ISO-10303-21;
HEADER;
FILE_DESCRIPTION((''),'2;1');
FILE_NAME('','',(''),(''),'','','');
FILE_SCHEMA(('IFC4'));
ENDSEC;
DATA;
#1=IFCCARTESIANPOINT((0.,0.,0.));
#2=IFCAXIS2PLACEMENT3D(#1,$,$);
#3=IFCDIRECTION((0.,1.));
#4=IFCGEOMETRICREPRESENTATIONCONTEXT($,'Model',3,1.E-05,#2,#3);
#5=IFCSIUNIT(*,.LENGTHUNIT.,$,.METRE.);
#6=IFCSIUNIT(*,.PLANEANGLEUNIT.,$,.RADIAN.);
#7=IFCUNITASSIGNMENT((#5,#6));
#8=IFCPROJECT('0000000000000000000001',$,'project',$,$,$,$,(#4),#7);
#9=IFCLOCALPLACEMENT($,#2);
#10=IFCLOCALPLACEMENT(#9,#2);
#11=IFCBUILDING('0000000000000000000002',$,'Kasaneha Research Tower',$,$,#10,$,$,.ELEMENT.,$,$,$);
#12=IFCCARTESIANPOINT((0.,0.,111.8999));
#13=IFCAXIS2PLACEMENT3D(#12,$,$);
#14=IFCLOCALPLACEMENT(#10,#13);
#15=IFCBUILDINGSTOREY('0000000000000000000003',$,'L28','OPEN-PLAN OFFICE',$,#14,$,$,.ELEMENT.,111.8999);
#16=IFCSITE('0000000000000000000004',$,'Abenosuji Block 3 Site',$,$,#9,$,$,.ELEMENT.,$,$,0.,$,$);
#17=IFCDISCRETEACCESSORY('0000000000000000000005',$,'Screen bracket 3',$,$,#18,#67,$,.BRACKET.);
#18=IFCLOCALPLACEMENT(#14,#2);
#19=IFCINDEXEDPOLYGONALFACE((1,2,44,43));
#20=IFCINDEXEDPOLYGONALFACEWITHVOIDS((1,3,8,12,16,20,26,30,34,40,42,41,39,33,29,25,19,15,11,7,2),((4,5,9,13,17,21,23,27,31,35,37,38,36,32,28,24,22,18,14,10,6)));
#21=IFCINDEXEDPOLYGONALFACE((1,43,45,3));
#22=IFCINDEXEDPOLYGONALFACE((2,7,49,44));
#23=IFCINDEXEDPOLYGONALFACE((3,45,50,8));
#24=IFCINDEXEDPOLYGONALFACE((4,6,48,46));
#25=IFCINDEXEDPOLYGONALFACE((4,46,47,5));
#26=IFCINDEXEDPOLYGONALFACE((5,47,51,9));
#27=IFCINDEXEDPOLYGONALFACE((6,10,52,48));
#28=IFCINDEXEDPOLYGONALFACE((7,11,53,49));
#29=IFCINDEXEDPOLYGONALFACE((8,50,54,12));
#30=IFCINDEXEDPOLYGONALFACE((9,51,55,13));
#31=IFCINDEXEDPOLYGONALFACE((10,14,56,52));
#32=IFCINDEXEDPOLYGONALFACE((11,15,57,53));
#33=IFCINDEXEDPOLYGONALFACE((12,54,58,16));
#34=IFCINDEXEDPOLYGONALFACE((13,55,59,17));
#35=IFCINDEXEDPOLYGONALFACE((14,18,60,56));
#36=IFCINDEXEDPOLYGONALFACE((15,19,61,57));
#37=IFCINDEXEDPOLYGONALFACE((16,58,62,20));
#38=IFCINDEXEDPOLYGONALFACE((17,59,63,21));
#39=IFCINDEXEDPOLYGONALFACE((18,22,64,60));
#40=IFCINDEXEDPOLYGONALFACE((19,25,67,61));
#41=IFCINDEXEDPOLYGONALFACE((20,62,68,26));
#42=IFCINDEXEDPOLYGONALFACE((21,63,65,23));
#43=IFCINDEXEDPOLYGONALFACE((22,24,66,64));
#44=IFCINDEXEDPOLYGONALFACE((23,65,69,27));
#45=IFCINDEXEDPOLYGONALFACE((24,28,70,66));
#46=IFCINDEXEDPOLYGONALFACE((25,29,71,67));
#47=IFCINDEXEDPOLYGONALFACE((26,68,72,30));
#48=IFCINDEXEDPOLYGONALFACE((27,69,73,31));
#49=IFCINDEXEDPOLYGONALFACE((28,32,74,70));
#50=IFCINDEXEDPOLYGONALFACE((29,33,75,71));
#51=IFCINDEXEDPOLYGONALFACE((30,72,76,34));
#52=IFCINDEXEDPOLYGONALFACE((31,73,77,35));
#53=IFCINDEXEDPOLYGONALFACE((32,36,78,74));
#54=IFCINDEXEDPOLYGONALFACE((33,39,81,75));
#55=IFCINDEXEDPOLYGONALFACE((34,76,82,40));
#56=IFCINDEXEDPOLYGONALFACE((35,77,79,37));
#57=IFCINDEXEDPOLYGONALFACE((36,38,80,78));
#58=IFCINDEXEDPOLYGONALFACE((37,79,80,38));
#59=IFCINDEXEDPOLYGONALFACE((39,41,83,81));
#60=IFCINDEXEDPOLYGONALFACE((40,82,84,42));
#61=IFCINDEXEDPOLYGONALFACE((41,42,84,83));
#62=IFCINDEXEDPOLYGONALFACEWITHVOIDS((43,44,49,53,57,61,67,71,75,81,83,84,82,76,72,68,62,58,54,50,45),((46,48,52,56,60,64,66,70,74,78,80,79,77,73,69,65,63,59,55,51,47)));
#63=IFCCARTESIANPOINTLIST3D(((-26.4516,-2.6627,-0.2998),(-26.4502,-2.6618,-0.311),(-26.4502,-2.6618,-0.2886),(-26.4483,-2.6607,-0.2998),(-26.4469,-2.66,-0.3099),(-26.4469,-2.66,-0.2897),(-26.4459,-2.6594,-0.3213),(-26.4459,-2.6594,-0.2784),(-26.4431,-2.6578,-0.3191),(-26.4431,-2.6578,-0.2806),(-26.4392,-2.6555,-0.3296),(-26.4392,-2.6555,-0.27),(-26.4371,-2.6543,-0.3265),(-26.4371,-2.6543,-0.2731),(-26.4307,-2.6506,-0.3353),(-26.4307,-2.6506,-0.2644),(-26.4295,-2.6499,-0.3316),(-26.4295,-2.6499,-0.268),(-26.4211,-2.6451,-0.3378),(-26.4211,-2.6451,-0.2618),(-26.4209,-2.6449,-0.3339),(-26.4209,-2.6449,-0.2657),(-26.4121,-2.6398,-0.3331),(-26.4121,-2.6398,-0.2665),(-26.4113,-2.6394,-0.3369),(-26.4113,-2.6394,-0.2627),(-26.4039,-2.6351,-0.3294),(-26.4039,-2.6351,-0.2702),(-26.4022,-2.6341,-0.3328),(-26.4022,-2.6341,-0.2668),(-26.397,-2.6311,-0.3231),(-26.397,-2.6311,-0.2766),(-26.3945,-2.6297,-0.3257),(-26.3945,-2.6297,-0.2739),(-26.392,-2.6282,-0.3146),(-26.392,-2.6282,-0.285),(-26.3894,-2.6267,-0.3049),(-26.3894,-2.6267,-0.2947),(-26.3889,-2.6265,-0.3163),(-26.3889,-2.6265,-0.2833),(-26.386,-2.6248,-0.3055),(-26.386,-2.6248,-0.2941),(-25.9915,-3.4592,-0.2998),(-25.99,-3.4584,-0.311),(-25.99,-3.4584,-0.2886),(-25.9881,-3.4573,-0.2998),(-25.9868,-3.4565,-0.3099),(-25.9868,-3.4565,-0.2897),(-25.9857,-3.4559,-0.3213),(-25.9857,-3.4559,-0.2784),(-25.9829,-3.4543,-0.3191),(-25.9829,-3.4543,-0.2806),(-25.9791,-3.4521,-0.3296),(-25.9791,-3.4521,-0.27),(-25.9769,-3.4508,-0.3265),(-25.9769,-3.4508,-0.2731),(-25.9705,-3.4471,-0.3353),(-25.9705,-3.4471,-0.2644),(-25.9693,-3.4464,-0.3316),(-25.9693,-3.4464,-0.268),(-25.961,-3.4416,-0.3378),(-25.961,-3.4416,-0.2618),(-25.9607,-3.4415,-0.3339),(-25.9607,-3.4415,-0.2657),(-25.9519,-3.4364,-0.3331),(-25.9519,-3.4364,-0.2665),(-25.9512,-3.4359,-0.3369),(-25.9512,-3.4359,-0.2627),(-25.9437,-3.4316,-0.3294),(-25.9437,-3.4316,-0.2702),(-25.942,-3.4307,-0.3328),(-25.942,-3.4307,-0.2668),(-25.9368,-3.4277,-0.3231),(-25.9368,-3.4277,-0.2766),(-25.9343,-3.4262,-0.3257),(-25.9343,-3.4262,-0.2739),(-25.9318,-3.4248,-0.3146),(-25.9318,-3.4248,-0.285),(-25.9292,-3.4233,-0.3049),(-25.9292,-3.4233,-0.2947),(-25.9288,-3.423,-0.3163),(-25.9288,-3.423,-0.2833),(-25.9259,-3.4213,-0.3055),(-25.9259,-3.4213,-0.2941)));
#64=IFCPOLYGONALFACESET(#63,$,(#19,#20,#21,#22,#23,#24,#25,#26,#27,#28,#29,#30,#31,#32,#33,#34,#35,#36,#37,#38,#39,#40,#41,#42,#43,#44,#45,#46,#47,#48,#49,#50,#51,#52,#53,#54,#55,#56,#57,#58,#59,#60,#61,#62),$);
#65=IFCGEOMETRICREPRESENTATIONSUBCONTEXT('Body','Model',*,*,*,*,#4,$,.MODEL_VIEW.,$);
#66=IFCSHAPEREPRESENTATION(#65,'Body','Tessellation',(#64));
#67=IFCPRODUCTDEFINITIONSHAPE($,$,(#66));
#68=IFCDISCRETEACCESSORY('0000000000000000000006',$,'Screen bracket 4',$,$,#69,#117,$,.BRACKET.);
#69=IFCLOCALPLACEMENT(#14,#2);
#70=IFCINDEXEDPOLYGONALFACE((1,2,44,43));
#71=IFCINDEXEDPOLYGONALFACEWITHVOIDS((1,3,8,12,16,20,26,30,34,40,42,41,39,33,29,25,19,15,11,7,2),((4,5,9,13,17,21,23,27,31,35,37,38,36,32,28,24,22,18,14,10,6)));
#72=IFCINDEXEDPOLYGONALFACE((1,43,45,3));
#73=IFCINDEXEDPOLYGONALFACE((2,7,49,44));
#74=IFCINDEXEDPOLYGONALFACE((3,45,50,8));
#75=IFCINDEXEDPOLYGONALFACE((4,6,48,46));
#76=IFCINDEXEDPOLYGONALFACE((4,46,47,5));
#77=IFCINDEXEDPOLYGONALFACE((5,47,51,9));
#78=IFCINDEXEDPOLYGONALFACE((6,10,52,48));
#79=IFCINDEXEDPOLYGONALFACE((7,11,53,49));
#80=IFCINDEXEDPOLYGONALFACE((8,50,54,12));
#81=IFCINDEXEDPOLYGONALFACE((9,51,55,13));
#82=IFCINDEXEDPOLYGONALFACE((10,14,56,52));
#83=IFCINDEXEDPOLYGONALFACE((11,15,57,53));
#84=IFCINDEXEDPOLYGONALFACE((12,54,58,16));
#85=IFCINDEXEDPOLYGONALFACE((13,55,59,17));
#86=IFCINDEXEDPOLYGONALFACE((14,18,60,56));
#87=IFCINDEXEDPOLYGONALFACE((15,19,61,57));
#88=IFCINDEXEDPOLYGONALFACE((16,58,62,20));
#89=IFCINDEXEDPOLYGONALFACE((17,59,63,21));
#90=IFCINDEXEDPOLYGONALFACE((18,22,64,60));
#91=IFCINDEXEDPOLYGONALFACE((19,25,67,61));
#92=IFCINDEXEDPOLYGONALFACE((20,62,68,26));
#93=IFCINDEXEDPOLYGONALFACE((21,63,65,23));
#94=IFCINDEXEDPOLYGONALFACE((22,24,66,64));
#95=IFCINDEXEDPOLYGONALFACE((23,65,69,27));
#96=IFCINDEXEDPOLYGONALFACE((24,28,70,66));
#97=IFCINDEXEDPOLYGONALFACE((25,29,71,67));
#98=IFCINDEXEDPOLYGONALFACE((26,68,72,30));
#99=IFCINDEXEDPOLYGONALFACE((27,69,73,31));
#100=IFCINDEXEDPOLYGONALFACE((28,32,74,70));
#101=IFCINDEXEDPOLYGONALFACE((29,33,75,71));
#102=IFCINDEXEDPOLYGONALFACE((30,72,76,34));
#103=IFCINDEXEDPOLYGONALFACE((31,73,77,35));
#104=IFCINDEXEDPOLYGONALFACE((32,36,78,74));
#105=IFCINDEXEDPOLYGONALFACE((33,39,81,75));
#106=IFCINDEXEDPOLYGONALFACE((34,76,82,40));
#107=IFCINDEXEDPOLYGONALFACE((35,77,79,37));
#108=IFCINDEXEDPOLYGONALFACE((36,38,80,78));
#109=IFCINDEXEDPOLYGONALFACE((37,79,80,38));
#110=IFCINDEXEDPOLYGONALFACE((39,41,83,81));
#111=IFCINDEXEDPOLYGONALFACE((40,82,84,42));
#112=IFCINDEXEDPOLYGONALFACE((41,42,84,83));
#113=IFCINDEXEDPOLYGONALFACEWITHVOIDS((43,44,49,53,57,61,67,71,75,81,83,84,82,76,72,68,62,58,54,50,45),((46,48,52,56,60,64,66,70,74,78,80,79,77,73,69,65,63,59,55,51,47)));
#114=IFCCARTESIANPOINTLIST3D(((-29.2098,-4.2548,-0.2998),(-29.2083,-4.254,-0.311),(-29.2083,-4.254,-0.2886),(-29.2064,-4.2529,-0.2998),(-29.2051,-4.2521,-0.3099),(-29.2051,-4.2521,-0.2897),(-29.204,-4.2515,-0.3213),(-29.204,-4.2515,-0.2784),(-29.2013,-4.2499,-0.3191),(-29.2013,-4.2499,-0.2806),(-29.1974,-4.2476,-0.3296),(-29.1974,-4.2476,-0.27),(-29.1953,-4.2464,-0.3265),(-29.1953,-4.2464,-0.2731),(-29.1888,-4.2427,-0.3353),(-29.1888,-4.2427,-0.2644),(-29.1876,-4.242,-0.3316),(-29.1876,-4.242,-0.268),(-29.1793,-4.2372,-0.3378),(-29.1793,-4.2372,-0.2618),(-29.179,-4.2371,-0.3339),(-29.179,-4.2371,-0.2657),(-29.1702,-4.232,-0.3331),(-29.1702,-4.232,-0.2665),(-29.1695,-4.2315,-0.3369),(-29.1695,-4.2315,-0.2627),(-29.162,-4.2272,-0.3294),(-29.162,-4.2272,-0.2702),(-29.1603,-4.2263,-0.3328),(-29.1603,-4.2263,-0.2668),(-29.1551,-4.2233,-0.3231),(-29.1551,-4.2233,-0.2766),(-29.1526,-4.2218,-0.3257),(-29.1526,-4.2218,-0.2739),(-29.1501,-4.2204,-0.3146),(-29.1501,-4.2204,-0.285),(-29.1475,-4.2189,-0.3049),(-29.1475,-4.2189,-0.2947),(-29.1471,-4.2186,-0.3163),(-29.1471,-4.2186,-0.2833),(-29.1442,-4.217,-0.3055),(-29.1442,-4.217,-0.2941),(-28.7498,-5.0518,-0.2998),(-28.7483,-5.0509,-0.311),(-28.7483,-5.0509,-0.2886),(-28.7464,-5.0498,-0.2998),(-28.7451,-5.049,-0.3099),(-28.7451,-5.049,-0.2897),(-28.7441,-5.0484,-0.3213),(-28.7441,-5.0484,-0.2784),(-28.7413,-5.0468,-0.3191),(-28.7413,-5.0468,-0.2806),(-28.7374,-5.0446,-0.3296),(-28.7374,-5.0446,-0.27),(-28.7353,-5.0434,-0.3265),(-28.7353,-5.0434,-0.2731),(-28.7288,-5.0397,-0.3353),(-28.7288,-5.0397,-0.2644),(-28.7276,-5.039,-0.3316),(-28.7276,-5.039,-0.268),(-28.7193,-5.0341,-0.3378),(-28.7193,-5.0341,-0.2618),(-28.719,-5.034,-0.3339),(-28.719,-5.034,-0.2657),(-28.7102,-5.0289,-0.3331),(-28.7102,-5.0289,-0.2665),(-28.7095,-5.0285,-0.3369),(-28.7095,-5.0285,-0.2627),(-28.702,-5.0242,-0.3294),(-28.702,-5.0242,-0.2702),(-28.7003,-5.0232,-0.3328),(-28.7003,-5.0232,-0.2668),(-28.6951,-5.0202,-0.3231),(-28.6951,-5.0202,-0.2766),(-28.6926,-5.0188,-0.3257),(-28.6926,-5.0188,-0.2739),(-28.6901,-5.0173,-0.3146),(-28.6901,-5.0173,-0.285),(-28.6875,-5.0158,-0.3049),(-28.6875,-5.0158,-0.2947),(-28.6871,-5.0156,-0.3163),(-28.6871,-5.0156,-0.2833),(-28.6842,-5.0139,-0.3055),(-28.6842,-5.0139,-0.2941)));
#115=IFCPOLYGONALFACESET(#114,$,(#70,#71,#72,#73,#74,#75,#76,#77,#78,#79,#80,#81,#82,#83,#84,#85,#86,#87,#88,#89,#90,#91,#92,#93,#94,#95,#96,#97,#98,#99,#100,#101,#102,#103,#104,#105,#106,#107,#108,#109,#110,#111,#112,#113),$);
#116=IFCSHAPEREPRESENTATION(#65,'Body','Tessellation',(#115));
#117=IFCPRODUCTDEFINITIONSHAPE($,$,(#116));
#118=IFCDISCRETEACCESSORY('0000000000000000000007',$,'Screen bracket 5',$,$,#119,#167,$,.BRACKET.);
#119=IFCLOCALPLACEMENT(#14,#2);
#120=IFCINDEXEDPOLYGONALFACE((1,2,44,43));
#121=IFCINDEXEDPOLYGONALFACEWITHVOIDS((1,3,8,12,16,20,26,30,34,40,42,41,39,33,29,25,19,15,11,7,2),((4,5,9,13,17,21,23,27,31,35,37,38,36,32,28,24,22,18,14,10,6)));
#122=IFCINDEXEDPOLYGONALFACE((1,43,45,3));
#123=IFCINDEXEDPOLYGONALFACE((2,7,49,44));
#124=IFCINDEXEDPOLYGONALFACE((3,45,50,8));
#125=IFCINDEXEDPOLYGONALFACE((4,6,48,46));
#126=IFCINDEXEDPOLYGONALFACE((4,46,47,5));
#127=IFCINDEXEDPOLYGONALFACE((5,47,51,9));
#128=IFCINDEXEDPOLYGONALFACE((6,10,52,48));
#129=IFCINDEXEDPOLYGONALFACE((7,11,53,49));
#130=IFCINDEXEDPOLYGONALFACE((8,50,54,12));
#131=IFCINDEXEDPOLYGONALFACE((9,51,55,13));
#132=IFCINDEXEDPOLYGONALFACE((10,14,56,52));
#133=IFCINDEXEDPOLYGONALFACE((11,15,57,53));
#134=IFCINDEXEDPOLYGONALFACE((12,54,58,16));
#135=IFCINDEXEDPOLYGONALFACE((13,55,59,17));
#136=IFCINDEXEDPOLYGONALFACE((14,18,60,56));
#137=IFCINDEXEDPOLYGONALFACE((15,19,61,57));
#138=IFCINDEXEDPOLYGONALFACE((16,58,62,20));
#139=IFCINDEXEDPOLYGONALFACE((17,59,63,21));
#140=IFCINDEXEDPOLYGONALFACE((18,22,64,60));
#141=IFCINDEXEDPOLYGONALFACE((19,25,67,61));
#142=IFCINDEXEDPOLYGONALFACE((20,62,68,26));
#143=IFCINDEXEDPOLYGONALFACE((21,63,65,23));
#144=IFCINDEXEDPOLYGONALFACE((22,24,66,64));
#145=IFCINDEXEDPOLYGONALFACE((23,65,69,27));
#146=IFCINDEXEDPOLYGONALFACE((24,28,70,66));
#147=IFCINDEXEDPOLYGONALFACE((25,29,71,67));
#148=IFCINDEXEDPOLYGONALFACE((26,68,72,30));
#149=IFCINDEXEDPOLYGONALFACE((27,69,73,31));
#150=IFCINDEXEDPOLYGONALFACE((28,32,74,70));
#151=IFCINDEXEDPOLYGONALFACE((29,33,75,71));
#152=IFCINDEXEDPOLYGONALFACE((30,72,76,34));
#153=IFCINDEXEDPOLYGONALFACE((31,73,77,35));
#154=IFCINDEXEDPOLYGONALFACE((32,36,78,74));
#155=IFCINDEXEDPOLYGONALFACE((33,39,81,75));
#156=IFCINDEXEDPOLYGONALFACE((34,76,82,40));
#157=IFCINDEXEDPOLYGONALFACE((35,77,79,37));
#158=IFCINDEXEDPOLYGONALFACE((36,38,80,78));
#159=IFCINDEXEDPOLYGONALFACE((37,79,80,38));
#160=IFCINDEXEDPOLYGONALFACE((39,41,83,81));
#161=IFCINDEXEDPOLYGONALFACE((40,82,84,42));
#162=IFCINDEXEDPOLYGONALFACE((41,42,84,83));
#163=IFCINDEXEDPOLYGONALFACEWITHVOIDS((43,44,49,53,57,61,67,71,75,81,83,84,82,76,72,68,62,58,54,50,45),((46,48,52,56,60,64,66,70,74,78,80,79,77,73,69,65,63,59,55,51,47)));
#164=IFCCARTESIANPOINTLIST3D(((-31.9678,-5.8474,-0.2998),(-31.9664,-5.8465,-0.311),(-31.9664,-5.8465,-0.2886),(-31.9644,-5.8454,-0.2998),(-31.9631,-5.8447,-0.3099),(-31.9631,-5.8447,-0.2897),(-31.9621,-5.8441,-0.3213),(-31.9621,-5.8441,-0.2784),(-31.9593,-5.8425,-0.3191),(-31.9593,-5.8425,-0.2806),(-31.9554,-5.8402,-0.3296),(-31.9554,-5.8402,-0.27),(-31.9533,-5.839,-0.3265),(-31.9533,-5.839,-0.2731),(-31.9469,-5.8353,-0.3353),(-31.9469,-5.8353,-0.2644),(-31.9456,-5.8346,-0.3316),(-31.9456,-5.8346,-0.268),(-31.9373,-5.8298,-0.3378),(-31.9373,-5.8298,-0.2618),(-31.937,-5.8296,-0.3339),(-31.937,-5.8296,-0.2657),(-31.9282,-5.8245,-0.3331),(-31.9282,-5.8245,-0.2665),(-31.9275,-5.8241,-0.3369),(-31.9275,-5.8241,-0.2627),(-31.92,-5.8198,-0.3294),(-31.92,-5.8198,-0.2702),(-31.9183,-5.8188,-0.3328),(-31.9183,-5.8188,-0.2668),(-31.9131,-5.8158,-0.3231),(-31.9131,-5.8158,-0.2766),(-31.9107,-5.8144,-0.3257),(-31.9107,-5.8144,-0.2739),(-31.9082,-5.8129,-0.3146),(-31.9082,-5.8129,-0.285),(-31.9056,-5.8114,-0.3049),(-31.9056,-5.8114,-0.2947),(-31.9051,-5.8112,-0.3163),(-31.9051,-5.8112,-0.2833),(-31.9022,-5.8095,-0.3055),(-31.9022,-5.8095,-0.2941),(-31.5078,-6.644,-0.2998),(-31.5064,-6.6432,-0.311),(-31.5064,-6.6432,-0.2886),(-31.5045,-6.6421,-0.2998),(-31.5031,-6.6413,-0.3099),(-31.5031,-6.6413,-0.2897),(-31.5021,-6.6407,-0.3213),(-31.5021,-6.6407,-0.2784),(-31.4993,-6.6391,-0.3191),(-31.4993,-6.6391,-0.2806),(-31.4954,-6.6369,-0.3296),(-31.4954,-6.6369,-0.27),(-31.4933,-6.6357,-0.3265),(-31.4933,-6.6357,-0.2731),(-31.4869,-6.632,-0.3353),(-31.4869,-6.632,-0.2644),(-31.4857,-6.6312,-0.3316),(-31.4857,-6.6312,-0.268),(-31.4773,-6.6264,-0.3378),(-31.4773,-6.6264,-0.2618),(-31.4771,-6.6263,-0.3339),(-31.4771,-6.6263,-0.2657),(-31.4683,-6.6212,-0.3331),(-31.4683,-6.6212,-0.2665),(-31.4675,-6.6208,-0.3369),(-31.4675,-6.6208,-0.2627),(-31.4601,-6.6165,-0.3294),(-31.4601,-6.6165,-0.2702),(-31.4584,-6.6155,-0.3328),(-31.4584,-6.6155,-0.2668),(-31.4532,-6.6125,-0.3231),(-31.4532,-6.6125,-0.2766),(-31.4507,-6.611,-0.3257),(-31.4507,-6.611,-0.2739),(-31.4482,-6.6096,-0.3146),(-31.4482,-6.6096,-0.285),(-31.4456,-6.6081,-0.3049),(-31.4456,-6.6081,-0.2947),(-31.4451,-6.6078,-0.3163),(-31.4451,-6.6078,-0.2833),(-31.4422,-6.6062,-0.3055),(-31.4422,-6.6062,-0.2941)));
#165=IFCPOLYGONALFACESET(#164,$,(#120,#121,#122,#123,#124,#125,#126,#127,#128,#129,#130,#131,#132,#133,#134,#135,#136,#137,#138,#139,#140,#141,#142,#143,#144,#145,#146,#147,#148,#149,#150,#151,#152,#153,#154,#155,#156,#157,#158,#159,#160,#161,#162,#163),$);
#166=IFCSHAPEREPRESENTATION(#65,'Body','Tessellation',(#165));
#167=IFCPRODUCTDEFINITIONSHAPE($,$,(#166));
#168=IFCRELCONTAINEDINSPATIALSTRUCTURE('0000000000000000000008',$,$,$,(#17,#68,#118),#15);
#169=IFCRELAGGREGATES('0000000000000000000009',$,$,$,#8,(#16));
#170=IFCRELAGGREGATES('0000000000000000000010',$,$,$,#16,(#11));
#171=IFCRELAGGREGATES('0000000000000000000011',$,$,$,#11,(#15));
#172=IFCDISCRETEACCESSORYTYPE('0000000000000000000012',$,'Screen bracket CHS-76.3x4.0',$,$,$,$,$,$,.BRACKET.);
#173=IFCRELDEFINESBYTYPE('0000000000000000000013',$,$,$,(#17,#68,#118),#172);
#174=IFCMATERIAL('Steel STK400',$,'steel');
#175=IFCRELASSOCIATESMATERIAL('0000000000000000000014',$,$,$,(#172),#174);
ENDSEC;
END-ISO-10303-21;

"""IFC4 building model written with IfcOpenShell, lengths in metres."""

from ifc_helpers import new_model, si_unit, direction, frame, origin, origin_2d, place, context, subcontext, project, spatial, hollow_circle, extrude, material, material_profile, profile_set, type_object, element, save


model = new_model("IFC4")

# Units and contexts
model_context = context("Model", 3, precision=1e-05, world=origin(), true_north=direction((0.0, 1.0)))
body_context = subcontext(model_context, "Body", "Model", "MODEL_VIEW")
ifc_project = project(units=[si_unit("LENGTHUNIT", "METRE"), si_unit("PLANEANGLEUNIT", "RADIAN")], contexts=[model_context])

# Site, building, storey
site_placement = place(None, origin())
site = spatial("IfcSite", under=ifc_project, at=site_placement, Name="Abenosuji Block 3 Site", CompositionType="ELEMENT", RefElevation=0.0)
building_placement = place(site_placement, origin())
building = spatial("IfcBuilding", under=site, at=building_placement, Name="Kasaneha Research Tower", CompositionType="ELEMENT")
storey_placement = place(building_placement, frame((0.0, 0.0, 111.8999)))
storey = spatial("IfcBuildingStorey", under=building, at=storey_placement, Name="L28", Description="OPEN-PLAN OFFICE", CompositionType="ELEMENT", Elevation=111.8999)

# Discrete accessories
ifc_material_1 = material(Name="Steel STK400", Category="steel")
ifc_material_profile_1 = material_profile(ifc_material_1, hollow_circle(Radius=0.0381, WallThickness=0.0039, at=origin_2d()), Name="CHS-76.3x4.0")
ifc_profile_set_1 = profile_set([ifc_material_profile_1], Name="Steel STK400")
discrete_accessory_type = type_object("IfcDiscreteAccessoryType", Name="Screen bracket CHS-76.3x4.0", PredefinedType="BRACKET", material=ifc_profile_set_1)
discrete_accessory_1_placement = place(storey_placement, frame((-25.9585, -3.4402, -0.2998), z_axis=(-0.50022, 0.865898, 0.0), x_axis=(-0.865898, -0.50022, 0.0)))
element("IfcDiscreteAccessory", 1, at=discrete_accessory_1_placement, inside=storey, type_object=discrete_accessory_type, Name="Screen bracket 3", PredefinedType="BRACKET", context=body_context, shape_type="SweptSolid", body=[
    extrude(hollow_circle(Radius=0.0381, WallThickness=0.0039, at=origin_2d()), origin(), (0.0, 0.0, 1.0), 0.9199),
])
discrete_accessory_2_placement = place(storey_placement, frame((-28.7168, -5.0327, -0.2998), z_axis=(-0.499906, 0.86608, 0.0), x_axis=(-0.86608, -0.499906, 0.0)))
element("IfcDiscreteAccessory", 2, at=discrete_accessory_2_placement, inside=storey, type_object=discrete_accessory_type, Name="Screen bracket 4", PredefinedType="BRACKET", context=body_context, shape_type="SweptSolid", body=[
    extrude(hollow_circle(Radius=0.0381, WallThickness=0.0039, at=origin_2d()), origin(), (0.0, 0.0, 1.0), 0.9202),
])
discrete_accessory_3_placement = place(storey_placement, frame((-31.4749, -6.625, -0.2998), z_axis=(-0.500021, 0.866013, 0.0), x_axis=(-0.866013, -0.500021, 0.0)))
element("IfcDiscreteAccessory", 3, at=discrete_accessory_3_placement, inside=storey, type_object=discrete_accessory_type, Name="Screen bracket 5", PredefinedType="BRACKET", context=body_context, shape_type="SweptSolid", body=[
    extrude(hollow_circle(Radius=0.0381, WallThickness=0.0039, at=origin_2d()), origin(), (0.0, 0.0, 1.0), 0.9199),
])

save(model, "model.ifc")
